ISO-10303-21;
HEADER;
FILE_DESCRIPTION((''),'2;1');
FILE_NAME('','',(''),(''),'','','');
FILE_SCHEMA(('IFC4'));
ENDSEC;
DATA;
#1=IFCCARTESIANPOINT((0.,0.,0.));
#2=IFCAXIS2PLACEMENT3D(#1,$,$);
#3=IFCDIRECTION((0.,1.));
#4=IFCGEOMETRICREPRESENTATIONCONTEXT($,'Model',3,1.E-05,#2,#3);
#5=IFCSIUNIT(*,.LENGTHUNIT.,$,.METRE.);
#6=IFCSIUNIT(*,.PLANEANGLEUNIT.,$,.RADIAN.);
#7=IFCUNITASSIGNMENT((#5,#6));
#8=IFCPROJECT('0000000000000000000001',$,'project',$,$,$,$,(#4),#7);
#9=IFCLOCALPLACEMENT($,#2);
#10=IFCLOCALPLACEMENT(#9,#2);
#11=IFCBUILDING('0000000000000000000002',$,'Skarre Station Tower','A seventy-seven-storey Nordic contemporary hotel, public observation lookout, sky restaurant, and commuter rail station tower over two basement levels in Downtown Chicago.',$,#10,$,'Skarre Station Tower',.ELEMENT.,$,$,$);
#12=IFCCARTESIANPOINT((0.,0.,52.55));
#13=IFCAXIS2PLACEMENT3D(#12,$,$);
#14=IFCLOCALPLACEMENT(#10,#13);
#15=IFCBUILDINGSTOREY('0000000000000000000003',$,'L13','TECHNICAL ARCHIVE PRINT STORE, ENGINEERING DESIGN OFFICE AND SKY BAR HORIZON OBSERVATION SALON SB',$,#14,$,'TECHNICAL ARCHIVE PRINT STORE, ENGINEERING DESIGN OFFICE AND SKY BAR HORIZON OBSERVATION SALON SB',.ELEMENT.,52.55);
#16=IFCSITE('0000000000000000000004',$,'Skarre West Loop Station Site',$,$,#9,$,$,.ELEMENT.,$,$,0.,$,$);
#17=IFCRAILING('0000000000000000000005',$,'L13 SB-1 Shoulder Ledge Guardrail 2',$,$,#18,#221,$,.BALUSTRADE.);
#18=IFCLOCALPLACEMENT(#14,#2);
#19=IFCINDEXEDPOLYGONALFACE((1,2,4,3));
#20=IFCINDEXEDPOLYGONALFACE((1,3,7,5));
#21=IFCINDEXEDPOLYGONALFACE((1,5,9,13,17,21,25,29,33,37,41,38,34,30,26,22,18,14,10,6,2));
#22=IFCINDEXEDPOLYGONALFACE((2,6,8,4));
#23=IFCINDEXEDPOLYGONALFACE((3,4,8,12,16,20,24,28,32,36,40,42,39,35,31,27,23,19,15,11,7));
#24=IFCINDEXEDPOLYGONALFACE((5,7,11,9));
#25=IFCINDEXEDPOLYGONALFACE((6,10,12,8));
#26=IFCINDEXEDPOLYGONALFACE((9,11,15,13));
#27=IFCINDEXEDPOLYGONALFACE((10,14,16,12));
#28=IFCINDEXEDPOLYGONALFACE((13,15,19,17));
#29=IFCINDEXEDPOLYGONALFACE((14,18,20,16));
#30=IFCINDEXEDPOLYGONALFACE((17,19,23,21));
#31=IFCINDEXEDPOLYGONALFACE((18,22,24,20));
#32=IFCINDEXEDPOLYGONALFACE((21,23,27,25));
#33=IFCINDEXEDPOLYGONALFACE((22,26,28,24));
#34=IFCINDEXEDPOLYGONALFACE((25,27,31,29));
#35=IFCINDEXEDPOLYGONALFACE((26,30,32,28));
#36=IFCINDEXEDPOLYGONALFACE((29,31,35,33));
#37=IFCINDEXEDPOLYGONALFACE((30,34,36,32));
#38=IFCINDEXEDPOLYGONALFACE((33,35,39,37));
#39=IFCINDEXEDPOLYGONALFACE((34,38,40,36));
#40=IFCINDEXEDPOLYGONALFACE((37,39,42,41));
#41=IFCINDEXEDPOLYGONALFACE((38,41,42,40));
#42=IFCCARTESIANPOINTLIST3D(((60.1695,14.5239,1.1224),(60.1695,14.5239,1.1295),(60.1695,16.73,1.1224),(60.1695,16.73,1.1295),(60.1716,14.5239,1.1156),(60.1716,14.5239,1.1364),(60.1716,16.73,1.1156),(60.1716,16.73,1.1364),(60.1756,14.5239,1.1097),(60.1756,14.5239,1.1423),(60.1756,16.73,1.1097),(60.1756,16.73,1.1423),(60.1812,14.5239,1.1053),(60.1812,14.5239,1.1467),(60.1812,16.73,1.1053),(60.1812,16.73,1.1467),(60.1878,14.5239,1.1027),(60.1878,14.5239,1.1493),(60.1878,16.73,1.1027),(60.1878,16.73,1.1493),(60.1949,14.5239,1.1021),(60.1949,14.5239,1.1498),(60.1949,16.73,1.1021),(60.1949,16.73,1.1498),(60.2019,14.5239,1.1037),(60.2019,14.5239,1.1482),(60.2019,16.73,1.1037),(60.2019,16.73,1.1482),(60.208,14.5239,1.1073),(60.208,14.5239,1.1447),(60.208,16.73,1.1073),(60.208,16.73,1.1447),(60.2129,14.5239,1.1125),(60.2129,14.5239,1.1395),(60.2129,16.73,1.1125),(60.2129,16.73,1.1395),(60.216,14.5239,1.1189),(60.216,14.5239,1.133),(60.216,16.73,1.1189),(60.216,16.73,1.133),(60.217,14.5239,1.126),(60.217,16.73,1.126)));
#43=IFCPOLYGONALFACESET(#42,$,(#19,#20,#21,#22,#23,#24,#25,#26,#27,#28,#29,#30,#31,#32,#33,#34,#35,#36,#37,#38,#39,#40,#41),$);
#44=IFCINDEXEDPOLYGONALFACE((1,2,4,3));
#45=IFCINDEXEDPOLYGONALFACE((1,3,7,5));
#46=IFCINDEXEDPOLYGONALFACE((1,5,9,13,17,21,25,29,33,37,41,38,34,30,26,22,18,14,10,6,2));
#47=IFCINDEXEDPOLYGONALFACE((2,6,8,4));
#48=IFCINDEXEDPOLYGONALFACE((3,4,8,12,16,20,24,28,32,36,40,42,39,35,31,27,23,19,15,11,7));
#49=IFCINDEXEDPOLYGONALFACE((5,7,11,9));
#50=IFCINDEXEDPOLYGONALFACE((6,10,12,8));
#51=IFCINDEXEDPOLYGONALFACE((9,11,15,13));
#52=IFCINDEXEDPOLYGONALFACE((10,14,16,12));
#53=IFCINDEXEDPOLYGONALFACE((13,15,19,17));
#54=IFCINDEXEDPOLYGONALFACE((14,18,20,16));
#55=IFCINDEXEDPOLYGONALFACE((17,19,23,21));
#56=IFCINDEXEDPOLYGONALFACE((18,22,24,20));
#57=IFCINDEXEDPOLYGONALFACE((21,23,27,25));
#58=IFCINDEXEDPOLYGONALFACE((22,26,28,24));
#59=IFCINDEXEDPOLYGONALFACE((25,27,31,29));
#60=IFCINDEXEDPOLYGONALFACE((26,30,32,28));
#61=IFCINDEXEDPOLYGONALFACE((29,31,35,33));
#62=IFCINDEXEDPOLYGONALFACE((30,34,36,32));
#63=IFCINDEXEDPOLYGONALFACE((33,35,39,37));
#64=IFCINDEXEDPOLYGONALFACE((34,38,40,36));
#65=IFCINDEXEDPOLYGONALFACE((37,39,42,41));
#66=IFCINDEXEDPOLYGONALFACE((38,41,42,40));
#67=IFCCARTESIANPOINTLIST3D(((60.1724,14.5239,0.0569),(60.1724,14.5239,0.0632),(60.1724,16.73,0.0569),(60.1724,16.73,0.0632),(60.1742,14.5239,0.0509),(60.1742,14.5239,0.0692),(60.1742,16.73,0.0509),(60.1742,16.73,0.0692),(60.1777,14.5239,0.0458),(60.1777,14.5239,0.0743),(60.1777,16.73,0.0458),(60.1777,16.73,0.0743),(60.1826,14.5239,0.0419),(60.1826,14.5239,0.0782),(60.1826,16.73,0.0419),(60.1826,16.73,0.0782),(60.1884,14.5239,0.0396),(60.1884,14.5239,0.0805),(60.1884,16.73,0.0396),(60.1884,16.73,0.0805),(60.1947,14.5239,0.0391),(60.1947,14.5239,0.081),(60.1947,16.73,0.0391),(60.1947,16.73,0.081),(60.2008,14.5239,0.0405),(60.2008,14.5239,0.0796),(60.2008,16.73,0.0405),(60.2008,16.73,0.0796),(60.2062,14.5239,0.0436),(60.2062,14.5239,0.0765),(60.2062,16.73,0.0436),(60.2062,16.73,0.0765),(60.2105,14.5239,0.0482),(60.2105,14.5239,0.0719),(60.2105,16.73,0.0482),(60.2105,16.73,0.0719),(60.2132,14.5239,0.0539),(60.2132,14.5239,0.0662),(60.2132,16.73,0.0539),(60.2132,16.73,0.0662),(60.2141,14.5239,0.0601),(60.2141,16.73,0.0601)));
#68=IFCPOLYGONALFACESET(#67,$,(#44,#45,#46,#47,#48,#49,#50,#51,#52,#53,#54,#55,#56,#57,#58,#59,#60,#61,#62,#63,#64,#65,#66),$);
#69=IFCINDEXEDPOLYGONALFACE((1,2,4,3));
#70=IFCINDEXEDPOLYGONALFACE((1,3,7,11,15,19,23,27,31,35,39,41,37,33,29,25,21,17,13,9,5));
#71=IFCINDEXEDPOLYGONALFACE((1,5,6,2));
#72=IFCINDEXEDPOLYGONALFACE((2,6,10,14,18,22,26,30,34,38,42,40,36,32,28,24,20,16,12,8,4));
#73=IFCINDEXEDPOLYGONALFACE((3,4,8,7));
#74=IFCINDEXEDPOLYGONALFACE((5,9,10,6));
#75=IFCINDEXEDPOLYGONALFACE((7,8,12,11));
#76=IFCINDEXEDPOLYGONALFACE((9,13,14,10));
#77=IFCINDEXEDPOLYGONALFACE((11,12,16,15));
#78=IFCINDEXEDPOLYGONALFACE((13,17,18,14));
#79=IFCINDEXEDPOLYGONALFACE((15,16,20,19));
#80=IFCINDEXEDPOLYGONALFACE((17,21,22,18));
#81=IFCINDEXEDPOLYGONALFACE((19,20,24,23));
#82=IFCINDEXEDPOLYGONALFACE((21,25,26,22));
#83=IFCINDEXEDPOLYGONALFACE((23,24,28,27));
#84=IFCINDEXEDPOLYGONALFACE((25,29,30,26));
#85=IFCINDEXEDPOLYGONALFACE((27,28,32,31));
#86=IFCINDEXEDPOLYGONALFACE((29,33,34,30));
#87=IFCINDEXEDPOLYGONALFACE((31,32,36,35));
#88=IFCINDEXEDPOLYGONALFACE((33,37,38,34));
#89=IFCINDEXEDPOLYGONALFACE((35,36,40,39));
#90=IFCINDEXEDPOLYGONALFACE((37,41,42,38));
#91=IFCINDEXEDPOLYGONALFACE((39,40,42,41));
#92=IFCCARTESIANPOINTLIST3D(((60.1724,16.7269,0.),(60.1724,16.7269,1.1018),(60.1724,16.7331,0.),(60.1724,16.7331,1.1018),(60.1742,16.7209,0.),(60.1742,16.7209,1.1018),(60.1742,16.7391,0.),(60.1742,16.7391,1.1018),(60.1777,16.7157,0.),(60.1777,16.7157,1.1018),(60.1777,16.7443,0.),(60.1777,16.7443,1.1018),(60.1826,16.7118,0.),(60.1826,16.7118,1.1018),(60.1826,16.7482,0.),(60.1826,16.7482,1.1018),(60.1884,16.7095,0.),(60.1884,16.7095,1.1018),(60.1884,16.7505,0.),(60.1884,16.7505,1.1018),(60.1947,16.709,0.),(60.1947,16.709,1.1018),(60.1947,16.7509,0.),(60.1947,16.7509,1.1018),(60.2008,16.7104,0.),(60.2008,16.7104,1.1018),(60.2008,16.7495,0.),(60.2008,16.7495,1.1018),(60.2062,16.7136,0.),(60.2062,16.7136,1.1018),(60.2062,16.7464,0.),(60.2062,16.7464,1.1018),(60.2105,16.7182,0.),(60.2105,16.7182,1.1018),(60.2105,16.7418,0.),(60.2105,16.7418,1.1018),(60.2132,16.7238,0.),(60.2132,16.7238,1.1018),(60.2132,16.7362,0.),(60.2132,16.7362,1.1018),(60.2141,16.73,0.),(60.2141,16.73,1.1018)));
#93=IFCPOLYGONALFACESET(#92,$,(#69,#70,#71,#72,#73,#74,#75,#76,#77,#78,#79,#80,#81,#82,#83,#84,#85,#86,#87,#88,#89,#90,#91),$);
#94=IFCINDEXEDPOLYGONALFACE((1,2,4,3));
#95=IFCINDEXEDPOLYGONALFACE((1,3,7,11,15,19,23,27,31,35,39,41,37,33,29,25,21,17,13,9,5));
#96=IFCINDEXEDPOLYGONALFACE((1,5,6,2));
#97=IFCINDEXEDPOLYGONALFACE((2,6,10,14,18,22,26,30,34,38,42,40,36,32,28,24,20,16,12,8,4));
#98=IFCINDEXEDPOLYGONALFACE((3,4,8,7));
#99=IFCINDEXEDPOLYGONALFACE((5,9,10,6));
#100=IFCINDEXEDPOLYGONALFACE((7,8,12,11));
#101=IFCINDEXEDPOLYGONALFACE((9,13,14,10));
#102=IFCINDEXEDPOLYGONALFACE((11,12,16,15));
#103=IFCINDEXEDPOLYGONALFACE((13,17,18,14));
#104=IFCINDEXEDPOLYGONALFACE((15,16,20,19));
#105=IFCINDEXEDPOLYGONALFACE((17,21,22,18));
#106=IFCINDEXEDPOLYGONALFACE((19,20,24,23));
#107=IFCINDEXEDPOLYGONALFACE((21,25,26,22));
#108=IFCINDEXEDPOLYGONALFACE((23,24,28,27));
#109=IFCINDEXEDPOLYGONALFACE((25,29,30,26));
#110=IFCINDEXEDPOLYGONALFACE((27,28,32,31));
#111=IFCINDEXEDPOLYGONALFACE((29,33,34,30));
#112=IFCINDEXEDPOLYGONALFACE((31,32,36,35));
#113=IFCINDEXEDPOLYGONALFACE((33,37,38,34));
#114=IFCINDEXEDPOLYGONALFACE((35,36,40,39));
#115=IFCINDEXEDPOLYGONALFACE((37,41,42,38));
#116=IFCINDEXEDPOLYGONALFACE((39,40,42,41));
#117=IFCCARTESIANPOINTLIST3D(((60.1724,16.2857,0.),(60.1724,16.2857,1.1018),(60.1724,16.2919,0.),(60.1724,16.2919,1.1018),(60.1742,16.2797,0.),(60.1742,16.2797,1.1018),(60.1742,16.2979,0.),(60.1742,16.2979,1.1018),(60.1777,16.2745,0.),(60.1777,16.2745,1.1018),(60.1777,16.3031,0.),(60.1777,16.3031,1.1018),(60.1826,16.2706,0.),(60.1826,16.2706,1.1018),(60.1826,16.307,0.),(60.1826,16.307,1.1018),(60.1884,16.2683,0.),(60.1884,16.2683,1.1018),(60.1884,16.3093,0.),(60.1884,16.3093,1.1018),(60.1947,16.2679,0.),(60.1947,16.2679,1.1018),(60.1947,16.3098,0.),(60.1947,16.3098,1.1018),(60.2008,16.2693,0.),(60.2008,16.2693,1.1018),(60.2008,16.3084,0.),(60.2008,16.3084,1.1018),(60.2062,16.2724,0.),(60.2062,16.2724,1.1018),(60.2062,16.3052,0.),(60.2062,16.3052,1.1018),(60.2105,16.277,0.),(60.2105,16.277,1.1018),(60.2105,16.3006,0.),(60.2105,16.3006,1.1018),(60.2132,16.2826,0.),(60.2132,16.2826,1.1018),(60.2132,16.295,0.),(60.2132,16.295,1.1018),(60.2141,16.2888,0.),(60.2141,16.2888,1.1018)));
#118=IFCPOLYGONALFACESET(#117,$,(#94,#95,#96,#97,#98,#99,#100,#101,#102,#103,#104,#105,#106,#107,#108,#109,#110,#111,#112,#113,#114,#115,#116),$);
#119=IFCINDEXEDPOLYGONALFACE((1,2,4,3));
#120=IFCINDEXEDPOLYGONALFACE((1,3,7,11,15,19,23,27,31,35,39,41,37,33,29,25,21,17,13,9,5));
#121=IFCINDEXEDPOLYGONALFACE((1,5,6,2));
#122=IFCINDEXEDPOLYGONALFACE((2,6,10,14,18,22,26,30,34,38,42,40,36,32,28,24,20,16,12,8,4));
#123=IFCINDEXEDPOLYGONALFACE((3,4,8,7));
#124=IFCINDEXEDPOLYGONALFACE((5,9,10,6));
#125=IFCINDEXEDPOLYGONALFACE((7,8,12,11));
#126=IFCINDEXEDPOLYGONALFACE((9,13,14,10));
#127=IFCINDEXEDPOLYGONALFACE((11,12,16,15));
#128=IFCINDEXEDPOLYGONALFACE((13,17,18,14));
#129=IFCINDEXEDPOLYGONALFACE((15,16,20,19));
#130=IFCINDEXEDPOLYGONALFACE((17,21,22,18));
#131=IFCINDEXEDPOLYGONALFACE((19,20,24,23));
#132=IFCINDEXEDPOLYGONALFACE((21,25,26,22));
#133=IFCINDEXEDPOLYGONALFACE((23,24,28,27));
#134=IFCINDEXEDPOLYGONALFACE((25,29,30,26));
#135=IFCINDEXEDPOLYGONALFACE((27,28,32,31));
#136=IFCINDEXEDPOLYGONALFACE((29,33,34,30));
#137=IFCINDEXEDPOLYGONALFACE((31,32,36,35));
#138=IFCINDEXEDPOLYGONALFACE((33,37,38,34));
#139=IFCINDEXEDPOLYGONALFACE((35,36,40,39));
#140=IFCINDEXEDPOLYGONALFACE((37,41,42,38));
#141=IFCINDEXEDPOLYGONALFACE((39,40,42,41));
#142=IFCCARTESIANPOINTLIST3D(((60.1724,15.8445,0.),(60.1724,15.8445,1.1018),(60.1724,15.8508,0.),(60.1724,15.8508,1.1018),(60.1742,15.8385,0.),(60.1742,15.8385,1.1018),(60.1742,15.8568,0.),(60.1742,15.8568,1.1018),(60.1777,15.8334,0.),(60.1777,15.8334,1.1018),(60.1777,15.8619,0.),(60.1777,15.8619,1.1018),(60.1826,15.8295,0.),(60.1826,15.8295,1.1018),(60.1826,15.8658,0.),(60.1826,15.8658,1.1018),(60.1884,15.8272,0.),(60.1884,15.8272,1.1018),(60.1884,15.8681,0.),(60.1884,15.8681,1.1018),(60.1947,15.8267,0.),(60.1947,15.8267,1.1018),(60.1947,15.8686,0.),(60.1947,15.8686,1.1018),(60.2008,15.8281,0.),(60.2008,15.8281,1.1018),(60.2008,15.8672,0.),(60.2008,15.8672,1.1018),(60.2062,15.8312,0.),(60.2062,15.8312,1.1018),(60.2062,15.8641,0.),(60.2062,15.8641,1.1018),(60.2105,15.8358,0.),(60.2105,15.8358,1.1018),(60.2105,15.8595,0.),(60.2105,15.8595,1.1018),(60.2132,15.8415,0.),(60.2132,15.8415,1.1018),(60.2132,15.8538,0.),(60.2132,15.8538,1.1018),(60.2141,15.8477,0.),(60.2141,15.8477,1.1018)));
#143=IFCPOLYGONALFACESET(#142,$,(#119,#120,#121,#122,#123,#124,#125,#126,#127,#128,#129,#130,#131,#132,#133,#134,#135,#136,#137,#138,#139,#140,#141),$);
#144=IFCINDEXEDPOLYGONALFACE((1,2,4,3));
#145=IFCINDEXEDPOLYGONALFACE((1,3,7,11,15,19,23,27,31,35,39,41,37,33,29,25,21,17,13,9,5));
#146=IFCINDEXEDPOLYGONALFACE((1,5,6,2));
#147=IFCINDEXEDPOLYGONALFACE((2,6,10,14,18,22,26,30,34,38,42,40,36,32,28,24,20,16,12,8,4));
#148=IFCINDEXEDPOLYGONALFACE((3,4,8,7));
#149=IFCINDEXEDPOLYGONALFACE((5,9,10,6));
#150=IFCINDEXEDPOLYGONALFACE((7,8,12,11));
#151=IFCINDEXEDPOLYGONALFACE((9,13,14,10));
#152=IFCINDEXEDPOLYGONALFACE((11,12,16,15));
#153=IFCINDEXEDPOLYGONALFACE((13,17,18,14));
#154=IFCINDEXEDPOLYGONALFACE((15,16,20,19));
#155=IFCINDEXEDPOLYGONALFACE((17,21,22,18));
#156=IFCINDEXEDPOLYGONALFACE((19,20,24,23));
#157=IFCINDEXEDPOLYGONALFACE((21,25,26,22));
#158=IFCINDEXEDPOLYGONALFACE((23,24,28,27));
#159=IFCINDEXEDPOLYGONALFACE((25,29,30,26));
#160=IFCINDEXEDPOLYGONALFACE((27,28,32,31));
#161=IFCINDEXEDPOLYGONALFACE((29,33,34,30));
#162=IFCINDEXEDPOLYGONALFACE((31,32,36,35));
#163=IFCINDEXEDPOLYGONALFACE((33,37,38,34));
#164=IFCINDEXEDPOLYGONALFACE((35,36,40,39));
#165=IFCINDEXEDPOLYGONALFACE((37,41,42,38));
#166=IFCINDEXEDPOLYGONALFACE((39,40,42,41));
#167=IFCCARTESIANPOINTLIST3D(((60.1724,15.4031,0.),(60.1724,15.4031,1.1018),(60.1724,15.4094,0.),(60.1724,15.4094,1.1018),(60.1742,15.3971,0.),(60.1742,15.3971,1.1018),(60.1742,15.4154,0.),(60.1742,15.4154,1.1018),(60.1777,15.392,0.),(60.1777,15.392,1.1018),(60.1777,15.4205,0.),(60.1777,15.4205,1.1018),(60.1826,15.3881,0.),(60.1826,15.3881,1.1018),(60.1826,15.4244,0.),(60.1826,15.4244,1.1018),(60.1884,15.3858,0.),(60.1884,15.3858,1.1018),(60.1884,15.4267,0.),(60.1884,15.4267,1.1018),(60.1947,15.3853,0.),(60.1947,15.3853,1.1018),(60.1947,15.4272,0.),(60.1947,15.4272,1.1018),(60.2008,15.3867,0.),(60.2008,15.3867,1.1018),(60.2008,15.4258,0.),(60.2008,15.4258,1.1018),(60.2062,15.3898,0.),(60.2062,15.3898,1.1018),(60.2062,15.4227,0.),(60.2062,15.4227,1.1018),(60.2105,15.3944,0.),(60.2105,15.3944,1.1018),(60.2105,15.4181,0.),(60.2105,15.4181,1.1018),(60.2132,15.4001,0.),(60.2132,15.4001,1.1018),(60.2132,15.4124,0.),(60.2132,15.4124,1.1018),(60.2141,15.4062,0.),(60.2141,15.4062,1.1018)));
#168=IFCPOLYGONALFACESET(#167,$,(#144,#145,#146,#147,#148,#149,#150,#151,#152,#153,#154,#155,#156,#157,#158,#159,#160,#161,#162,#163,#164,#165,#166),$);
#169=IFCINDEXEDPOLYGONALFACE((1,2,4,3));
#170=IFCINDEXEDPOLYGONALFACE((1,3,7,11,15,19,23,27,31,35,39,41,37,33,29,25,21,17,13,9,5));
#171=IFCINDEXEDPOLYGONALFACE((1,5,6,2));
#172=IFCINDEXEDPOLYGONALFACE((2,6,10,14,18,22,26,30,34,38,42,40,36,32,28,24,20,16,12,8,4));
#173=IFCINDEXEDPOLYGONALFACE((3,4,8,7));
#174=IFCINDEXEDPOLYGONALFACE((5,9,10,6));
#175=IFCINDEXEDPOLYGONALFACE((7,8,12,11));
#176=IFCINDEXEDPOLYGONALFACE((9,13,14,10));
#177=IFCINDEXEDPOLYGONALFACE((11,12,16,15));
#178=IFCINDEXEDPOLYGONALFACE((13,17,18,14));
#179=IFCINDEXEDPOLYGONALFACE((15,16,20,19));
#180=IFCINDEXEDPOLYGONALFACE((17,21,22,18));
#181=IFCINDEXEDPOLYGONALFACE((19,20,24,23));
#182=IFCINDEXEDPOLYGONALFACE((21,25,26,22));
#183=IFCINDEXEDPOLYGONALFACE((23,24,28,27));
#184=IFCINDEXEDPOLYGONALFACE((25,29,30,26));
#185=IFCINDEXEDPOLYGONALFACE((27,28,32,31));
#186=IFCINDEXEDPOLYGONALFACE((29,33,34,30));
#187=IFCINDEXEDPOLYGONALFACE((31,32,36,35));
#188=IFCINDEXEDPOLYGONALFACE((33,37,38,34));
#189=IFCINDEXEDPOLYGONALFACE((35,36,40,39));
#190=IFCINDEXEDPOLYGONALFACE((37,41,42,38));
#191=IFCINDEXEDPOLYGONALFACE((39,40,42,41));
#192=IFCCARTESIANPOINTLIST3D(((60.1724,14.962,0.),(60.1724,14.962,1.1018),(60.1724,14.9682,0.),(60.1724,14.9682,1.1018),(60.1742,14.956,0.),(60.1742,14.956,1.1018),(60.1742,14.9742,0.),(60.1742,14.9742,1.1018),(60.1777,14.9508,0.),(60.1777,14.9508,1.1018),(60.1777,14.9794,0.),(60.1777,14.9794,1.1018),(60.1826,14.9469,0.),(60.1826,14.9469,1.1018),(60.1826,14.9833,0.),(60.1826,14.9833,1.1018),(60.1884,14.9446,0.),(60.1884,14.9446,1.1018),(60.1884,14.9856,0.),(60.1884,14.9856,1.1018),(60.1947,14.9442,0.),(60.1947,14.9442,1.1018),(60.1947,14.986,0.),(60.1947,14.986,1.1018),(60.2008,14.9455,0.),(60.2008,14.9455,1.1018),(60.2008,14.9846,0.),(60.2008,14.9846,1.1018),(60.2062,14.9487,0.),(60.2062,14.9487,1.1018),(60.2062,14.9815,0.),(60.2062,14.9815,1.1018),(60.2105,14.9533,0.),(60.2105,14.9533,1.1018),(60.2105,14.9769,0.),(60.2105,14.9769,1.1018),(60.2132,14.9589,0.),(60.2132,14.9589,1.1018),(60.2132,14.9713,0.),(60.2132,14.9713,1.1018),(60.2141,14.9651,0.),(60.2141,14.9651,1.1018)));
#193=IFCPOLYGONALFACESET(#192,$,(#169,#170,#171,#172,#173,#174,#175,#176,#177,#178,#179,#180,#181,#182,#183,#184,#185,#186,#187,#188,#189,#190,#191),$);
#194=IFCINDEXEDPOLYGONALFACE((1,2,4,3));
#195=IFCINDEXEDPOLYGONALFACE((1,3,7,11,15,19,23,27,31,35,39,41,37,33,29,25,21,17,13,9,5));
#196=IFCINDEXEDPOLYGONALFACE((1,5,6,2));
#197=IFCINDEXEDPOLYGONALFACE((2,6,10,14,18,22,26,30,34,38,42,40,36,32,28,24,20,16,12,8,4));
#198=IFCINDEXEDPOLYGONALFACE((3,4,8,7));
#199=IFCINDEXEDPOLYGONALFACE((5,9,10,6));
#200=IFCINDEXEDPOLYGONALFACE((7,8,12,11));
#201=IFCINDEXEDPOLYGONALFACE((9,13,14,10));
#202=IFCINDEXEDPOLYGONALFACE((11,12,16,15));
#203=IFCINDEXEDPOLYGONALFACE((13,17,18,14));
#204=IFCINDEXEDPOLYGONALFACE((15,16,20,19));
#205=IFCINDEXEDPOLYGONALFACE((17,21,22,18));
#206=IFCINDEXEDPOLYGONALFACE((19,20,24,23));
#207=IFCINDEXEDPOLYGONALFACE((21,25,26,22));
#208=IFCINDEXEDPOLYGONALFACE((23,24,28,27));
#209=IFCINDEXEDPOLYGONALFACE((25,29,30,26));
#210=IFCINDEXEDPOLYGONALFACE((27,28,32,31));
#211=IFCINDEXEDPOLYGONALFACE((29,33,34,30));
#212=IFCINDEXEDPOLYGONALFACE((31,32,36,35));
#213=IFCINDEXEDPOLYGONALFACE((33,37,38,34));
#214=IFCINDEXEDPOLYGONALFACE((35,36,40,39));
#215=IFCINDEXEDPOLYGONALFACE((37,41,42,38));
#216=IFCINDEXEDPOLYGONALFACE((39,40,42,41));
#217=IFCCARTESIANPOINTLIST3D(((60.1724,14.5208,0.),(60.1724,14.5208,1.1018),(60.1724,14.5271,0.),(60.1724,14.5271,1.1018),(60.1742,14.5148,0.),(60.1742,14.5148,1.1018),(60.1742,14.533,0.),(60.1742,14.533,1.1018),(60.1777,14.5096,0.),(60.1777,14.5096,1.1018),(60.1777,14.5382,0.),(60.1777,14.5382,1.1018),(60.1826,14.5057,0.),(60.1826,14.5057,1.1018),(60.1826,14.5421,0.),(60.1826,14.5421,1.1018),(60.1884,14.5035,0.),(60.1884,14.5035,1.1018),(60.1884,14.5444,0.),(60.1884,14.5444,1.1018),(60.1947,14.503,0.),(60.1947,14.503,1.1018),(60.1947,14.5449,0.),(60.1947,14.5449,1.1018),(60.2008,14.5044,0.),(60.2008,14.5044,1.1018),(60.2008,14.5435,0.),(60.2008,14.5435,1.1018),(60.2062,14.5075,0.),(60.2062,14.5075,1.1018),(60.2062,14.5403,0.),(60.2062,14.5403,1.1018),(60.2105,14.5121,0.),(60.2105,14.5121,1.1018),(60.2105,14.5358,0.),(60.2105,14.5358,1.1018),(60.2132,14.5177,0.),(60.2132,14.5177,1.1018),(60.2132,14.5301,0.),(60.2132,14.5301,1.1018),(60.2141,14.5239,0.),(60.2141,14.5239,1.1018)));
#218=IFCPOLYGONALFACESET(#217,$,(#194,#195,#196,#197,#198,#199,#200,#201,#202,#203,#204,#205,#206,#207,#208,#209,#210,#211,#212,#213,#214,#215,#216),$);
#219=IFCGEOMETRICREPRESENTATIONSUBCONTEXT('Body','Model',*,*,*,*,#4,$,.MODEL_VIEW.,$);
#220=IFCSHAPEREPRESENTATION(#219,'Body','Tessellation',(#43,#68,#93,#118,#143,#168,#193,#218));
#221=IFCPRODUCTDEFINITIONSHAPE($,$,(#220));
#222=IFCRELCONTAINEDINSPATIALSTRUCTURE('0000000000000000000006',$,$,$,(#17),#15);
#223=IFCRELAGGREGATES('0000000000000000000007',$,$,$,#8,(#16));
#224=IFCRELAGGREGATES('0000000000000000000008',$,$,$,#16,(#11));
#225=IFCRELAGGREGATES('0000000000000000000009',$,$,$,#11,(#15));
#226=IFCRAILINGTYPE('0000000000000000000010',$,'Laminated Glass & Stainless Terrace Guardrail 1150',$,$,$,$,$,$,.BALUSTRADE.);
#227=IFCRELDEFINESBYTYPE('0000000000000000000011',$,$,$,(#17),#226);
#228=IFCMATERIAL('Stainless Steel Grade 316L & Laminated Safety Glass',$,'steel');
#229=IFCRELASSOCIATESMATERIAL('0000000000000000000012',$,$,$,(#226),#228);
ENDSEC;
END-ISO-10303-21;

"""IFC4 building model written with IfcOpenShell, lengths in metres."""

from ifc_helpers import new_model, si_unit, direction, frame, origin, origin_2d, place, context, subcontext, project, spatial, circle, extrude, material, type_object, element, save


model = new_model("IFC4")

# Units and contexts
model_context = context("Model", 3, precision=1e-05, world=origin(), true_north=direction((0.0, 1.0)))
body_context = subcontext(model_context, "Body", "Model", "MODEL_VIEW")
ifc_project = project(units=[si_unit("LENGTHUNIT", "METRE"), si_unit("PLANEANGLEUNIT", "RADIAN")], contexts=[model_context])

# Site, building, storey
site_placement = place(None, origin())
site = spatial("IfcSite", under=ifc_project, at=site_placement, Name="Skarre West Loop Station Site", CompositionType="ELEMENT", RefElevation=0.0)
building_placement = place(site_placement, origin())
building = spatial("IfcBuilding", under=site, at=building_placement, Name="Skarre Station Tower", Description="A seventy-seven-storey Nordic contemporary hotel, public observation lookout, sky restaurant, and commuter rail station tower over two basement levels in Downtown Chicago.", LongName="Skarre Station Tower", CompositionType="ELEMENT")
storey_placement = place(building_placement, frame((0.0, 0.0, 52.55)))
storey = spatial("IfcBuildingStorey", under=building, at=storey_placement, Name="L13", Description="TECHNICAL ARCHIVE PRINT STORE, ENGINEERING DESIGN OFFICE AND SKY BAR HORIZON OBSERVATION SALON SB", LongName="TECHNICAL ARCHIVE PRINT STORE, ENGINEERING DESIGN OFFICE AND SKY BAR HORIZON OBSERVATION SALON SB", CompositionType="ELEMENT", Elevation=52.55)

# Railing
ifc_material_1 = material(Name="Stainless Steel Grade 316L & Laminated Safety Glass", Category="steel")
railing_type = type_object("IfcRailingType", Name="Laminated Glass & Stainless Terrace Guardrail 1150", PredefinedType="BALUSTRADE", material=ifc_material_1)
railing_placement = place(storey_placement, frame((60.1931, 16.73, 0.0)))
element("IfcRailing", 1, at=railing_placement, inside=storey, type_object=railing_type, Name="L13 SB-1 Shoulder Ledge Guardrail 2", PredefinedType="BALUSTRADE", context=body_context, shape_type="SweptSolid", body=[
    extrude(circle(Radius=0.0239, at=origin_2d()), frame((0.0, 0.0, 1.126), z_axis=(0.0, -1.0, 0.0), x_axis=(1.0, 0.0, 0.0)), (0.0, 0.0, 1.0), 2.2061),
    extrude(circle(Radius=0.021, at=origin_2d()), frame((0.0, 0.0, 0.0601), z_axis=(0.0, -1.0, 0.0), x_axis=(1.0, 0.0, 0.0)), (0.0, 0.0, 1.0), 2.2061),
    extrude(circle(Radius=0.021, at=origin_2d()), origin(), (0.0, 0.0, 1.0), 1.1018),
    extrude(circle(Radius=0.021, at=origin_2d()), frame((0.0, -0.4412, 0.0)), (0.0, 0.0, 1.0), 1.1018),
    extrude(circle(Radius=0.021, at=origin_2d()), frame((0.0, -0.8823, 0.0)), (0.0, 0.0, 1.0), 1.1018),
    extrude(circle(Radius=0.021, at=origin_2d()), frame((0.0, -1.3237, 0.0)), (0.0, 0.0, 1.0), 1.1018),
    extrude(circle(Radius=0.021, at=origin_2d()), frame((0.0, -1.7649, 0.0)), (0.0, 0.0, 1.0), 1.1018),
    extrude(circle(Radius=0.021, at=origin_2d()), frame((0.0, -2.2061, 0.0)), (0.0, 0.0, 1.0), 1.1018),
])

save(model, "model.ifc")
